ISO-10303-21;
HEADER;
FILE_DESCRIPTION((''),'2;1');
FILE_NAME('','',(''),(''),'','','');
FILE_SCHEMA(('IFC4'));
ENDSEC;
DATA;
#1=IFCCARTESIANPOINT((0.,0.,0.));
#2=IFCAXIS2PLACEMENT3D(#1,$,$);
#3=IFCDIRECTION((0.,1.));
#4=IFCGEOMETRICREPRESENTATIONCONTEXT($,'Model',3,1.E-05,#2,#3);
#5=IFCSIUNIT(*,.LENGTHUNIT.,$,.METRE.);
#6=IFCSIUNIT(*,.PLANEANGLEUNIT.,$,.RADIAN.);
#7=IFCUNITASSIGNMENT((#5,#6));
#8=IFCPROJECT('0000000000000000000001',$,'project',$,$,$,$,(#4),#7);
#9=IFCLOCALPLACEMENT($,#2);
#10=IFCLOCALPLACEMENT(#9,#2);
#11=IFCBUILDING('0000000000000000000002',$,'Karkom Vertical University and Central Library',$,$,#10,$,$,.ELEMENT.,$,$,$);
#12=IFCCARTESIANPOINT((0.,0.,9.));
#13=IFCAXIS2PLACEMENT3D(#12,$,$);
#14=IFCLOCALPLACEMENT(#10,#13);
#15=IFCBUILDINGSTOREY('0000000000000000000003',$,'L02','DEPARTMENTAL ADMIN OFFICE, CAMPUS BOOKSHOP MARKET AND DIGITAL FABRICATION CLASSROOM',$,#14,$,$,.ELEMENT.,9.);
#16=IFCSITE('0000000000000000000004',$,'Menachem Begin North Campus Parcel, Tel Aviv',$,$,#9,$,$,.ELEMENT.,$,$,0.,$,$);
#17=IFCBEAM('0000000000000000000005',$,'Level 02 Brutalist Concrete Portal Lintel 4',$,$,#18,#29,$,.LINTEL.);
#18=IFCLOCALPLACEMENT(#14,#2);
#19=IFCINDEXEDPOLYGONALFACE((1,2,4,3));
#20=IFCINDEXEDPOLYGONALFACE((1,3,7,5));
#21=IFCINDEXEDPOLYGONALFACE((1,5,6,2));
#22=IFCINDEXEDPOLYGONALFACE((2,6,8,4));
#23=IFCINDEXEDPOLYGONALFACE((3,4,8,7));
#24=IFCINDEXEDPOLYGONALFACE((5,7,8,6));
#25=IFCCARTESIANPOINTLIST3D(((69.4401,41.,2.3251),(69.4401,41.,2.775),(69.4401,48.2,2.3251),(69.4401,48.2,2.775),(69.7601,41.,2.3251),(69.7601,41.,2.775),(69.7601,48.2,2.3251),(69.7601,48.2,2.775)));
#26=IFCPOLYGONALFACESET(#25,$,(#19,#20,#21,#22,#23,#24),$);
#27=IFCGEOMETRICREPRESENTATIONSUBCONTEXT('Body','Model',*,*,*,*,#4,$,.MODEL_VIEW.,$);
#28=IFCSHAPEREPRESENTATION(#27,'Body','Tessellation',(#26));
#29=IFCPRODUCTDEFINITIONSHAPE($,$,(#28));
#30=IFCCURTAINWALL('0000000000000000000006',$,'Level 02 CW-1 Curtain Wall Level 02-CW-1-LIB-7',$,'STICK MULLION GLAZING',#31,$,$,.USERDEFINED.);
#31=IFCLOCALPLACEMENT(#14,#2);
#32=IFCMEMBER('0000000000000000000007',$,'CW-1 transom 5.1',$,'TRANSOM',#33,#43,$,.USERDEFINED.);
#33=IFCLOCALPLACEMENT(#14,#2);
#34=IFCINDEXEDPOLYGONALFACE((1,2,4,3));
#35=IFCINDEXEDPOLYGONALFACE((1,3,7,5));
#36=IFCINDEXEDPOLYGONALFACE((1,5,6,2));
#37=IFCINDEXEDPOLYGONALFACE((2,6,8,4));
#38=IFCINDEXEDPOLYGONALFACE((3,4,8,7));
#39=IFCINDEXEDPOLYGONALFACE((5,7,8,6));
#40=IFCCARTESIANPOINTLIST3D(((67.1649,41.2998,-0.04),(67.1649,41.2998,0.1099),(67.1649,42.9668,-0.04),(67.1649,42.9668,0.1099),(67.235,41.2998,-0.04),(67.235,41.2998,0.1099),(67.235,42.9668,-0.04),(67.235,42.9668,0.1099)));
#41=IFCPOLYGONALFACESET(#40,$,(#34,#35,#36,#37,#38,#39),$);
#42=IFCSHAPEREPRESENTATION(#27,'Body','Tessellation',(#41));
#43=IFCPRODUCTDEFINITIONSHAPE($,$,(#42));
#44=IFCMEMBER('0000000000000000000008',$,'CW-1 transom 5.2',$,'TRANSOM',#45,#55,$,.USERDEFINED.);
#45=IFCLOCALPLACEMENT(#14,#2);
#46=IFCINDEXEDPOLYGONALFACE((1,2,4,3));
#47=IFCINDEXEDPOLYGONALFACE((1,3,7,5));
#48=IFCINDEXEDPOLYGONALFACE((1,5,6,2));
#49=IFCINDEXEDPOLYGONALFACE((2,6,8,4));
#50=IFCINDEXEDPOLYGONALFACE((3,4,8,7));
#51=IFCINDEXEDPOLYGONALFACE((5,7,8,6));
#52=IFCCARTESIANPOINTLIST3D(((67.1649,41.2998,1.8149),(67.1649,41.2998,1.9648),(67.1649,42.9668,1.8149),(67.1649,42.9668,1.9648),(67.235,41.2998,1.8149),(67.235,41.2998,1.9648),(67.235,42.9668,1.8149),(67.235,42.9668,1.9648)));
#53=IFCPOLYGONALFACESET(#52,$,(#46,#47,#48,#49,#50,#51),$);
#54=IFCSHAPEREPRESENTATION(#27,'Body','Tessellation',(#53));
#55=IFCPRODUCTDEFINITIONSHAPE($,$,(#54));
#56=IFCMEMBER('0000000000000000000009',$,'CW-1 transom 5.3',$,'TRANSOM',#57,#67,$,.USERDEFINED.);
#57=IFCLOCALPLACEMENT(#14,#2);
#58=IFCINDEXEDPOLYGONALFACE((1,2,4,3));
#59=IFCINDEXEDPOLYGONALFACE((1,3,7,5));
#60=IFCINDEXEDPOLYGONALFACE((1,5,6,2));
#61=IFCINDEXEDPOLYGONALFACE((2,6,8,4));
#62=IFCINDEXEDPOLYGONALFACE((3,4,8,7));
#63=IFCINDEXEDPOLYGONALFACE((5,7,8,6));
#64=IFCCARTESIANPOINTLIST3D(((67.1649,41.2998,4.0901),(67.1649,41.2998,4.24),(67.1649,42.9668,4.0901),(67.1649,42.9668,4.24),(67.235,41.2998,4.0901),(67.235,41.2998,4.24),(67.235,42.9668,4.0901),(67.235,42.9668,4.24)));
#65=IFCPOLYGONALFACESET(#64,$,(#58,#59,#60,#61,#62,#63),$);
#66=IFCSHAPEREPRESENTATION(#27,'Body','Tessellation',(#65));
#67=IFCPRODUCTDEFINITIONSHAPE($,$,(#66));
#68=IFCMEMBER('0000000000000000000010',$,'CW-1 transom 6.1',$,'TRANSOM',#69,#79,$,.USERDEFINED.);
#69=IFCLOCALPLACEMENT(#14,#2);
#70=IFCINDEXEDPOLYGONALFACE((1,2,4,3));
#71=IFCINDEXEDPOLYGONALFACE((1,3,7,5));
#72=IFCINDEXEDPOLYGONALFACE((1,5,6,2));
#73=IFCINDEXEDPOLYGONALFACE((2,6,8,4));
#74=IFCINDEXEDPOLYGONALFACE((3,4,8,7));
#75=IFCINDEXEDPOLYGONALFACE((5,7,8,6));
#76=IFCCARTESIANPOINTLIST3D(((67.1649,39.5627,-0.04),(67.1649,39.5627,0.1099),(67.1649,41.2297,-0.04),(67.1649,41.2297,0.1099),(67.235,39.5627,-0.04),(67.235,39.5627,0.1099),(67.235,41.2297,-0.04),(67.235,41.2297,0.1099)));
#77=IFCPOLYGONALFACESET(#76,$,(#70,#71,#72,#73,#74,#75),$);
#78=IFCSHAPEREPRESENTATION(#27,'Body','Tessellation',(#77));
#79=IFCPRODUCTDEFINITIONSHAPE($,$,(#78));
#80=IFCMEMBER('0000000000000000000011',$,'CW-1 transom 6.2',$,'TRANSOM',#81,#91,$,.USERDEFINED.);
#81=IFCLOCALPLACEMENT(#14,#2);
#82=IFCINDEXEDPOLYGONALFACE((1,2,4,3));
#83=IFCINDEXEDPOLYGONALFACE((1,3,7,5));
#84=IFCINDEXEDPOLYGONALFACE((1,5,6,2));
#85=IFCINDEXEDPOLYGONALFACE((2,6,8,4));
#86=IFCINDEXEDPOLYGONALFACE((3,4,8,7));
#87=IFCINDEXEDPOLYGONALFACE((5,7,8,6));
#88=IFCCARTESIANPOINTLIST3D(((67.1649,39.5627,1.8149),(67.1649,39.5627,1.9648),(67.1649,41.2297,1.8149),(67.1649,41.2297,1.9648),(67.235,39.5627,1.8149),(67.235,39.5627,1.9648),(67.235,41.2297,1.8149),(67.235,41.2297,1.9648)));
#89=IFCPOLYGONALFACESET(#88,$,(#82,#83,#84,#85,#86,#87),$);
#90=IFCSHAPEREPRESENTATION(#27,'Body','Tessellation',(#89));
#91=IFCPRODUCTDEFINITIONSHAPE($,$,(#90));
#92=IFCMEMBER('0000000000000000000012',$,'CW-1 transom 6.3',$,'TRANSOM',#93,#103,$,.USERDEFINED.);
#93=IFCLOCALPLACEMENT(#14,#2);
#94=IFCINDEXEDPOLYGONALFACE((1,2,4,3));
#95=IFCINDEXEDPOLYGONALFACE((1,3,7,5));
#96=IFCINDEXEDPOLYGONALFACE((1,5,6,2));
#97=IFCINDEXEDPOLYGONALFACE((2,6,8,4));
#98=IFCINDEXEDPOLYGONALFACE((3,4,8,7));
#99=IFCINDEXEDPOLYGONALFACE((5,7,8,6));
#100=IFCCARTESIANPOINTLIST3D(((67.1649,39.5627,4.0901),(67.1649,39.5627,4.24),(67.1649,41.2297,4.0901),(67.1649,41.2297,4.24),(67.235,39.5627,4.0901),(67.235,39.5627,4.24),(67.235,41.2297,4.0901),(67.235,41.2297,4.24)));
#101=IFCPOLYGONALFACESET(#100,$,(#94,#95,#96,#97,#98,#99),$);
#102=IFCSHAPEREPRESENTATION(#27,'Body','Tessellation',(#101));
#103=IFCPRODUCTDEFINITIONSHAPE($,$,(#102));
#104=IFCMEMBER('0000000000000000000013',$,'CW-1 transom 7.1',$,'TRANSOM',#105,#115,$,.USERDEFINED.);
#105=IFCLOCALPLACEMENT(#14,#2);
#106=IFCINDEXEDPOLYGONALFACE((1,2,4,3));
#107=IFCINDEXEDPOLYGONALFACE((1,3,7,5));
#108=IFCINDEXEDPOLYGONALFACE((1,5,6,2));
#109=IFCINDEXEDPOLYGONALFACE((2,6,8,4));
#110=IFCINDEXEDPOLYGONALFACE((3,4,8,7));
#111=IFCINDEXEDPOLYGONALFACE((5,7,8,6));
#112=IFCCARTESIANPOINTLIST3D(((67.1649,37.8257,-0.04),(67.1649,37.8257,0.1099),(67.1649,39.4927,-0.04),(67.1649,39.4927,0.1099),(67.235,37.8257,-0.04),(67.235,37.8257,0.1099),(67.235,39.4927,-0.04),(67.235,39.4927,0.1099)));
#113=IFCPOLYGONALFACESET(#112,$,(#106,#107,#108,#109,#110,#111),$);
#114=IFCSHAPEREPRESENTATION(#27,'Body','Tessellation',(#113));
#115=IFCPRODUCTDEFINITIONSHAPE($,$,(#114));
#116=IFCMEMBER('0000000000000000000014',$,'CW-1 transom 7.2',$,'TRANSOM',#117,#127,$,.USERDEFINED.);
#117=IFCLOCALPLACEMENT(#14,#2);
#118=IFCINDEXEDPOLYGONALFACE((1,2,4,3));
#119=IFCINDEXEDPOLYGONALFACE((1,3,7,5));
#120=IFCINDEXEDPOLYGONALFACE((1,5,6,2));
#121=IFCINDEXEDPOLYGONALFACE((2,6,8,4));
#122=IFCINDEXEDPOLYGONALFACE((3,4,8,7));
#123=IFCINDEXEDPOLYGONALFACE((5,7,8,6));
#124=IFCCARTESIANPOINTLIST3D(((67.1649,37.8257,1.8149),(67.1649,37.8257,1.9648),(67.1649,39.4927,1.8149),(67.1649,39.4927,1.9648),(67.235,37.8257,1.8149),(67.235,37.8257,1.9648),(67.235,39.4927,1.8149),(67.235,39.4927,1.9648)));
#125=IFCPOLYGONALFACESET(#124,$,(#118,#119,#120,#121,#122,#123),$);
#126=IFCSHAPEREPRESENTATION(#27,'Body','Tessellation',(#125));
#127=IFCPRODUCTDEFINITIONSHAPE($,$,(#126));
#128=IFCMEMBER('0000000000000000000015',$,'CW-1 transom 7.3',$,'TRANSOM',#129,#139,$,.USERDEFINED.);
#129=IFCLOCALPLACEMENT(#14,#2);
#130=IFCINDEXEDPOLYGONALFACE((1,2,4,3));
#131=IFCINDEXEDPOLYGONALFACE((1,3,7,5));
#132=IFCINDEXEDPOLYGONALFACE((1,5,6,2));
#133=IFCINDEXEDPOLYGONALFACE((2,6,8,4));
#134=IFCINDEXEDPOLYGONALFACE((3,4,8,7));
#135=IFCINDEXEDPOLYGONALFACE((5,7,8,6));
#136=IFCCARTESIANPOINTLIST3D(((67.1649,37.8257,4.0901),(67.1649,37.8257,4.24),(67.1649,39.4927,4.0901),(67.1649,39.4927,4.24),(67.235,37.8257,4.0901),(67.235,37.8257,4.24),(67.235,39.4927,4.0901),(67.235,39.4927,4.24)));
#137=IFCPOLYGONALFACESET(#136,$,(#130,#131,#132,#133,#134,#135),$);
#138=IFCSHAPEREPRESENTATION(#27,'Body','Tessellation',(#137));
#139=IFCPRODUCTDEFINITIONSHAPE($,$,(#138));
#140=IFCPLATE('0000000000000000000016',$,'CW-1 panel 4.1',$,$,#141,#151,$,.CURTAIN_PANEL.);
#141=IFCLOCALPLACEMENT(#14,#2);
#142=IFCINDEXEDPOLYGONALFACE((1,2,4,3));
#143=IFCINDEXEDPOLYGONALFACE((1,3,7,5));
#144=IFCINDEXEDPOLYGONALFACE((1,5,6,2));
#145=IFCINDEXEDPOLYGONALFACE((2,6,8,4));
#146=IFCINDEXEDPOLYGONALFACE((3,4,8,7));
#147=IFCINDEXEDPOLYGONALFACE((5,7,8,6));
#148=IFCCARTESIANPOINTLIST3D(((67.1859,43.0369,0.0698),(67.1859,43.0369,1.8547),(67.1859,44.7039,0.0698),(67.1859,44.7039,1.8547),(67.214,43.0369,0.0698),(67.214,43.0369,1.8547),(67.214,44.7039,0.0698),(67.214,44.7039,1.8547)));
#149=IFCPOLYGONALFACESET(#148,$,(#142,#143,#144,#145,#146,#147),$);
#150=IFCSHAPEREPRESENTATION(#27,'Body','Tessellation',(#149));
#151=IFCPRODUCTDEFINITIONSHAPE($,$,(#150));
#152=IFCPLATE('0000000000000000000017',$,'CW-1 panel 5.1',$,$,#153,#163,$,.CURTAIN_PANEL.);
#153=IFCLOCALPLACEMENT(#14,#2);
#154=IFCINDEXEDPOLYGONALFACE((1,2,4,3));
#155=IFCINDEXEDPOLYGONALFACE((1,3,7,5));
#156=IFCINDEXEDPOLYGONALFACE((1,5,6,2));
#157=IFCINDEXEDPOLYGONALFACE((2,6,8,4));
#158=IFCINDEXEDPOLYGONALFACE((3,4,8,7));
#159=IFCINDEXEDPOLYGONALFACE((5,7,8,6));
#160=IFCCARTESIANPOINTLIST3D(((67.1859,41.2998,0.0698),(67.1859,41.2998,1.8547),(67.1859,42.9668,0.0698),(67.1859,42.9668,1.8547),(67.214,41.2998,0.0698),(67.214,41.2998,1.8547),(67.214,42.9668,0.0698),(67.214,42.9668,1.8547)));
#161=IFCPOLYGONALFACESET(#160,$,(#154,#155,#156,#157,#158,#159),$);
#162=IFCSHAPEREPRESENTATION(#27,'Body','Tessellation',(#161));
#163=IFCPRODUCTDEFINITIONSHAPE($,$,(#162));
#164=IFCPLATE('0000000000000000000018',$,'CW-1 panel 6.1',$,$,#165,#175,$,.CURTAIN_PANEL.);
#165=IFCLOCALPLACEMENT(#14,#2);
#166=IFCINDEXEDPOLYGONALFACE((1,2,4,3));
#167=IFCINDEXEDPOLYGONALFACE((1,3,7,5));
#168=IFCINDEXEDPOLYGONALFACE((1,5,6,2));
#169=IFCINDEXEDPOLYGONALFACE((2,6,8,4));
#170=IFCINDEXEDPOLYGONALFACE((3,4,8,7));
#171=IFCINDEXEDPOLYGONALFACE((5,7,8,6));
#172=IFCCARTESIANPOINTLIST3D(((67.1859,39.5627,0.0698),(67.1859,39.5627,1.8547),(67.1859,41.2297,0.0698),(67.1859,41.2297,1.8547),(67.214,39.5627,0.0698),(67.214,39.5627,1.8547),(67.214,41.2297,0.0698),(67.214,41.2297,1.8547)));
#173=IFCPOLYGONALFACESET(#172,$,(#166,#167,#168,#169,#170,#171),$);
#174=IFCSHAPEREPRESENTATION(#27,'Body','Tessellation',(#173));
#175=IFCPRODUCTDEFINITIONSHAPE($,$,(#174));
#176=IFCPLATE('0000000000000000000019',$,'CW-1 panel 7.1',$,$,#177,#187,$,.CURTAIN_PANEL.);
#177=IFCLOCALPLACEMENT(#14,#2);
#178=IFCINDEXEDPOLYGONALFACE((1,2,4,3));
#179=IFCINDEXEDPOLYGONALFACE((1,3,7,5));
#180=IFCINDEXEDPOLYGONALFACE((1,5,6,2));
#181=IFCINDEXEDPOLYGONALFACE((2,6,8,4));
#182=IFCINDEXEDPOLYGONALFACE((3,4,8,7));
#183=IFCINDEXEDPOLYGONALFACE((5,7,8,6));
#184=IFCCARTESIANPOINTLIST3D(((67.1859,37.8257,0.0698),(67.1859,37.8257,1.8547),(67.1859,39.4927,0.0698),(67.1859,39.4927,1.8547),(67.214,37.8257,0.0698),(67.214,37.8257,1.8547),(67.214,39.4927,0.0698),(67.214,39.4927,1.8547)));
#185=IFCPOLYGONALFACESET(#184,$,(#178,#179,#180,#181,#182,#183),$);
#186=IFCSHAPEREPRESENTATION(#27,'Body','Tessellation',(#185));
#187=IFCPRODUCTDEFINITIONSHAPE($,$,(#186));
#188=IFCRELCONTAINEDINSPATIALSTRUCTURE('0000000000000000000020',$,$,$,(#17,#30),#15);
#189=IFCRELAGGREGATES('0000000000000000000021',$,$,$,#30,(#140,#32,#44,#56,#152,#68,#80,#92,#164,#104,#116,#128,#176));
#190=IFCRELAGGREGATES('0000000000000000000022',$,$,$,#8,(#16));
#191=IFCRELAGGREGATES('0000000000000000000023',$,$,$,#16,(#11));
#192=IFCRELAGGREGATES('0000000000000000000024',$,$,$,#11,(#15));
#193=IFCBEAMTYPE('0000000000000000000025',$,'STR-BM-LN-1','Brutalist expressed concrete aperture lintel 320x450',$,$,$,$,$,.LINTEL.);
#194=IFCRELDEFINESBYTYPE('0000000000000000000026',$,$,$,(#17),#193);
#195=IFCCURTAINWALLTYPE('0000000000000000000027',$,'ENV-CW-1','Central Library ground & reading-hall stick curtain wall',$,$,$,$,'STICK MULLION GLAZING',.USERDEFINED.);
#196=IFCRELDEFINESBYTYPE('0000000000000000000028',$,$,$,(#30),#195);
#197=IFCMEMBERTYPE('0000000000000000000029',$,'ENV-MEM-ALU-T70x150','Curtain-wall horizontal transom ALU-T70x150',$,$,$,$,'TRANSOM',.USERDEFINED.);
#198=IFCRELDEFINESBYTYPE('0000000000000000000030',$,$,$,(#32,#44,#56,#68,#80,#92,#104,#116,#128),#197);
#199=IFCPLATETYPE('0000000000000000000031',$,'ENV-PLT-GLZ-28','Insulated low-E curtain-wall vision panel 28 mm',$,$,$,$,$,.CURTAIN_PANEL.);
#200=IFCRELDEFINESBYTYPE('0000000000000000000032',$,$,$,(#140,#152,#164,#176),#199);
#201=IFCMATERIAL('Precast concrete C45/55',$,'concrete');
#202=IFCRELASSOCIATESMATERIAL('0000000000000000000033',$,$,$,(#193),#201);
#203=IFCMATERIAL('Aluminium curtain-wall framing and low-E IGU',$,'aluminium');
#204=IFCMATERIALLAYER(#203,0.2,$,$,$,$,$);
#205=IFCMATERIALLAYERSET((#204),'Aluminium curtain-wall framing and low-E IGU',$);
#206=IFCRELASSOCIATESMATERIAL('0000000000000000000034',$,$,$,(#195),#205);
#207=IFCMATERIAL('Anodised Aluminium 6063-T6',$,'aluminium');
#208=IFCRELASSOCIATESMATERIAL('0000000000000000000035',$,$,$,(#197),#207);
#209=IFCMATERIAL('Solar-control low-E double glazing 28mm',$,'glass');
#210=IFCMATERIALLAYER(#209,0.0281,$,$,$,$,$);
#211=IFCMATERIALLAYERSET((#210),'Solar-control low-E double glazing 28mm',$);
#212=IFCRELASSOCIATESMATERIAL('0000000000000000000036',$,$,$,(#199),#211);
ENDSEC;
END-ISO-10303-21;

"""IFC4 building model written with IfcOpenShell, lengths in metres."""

from ifc_helpers import new_model, si_unit, direction, frame, origin, origin_with_axes, origin_2d, place, context, subcontext, project, spatial, rectangle, extrude, source, transform, mapped, material, layer, layer_set, material_profile, profile_set, type_object, element, aggregate, save


model = new_model("IFC4")

# Units and contexts
model_context = context("Model", 3, precision=1e-05, world=origin(), true_north=direction((0.0, 1.0)))
body_context = subcontext(model_context, "Body", "Model", "MODEL_VIEW")
ifc_project = project(units=[si_unit("LENGTHUNIT", "METRE"), si_unit("PLANEANGLEUNIT", "RADIAN")], contexts=[model_context])

# Site, building, storey
site_placement = place(None, origin())
site = spatial("IfcSite", under=ifc_project, at=site_placement, Name="Menachem Begin North Campus Parcel, Tel Aviv", CompositionType="ELEMENT", RefElevation=0.0)
building_placement = place(site_placement, origin())
building = spatial("IfcBuilding", under=site, at=building_placement, Name="Karkom Vertical University and Central Library", CompositionType="ELEMENT")
storey_placement = place(building_placement, frame((0.0, 0.0, 9.0)))
storey = spatial("IfcBuildingStorey", under=building, at=storey_placement, Name="L02", Description="DEPARTMENTAL ADMIN OFFICE, CAMPUS BOOKSHOP MARKET AND DIGITAL FABRICATION CLASSROOM", CompositionType="ELEMENT", Elevation=9.0)

# Shared definitions
ifc_material_1 = material(Name="Precast concrete C45/55", Category="concrete")

# Beam
ifc_material_profile_1 = material_profile(ifc_material_1, rectangle(XDim=0.3201, YDim=0.45, at=origin_2d()), Name="RCL-320x450")
ifc_profile_set_1 = profile_set([ifc_material_profile_1], Name="Precast concrete C45/55")
beam_type_1 = type_object("IfcBeamType", Name="STR-BM-LN-1", Description="Brutalist expressed concrete aperture lintel 320x450", PredefinedType="LINTEL", material=ifc_profile_set_1)
shared_shape_1 = source(origin_with_axes(), body_context, "Body", "SweptSolid", [
    extrude(rectangle(XDim=0.3201, YDim=0.45, at=origin_2d()), origin(), (0.0, 0.0, 1.0), 7.2),
])
beam_1_placement = place(storey_placement, frame((69.6001, 41.0, 2.55), z_axis=(0.0, 1.0, 0.0), x_axis=(-1.0, 0.0, 0.0)))
element("IfcBeam", 1, at=beam_1_placement, inside=storey, type_object=beam_type_1, Name="Level 02 Brutalist Concrete Portal Lintel 4", PredefinedType="LINTEL", context=body_context, shape_type="MappedRepresentation", body=[
    mapped(shared_shape_1, transform((0.0, 0.0, 0.0), scale=1.0)),
])

# Curtain wall, members, plates
ifc_material_2 = material(Name="Aluminium curtain-wall framing and low-E IGU", Category="aluminium")
ifc_layer_1 = layer(ifc_material_2, 0.2)
ifc_layer_set_1 = layer_set([ifc_layer_1], Name="Aluminium curtain-wall framing and low-E IGU")
curtain_wall_type = type_object("IfcCurtainWallType", Name="ENV-CW-1", Description="Central Library ground & reading-hall stick curtain wall", ElementType="STICK MULLION GLAZING", PredefinedType="USERDEFINED", material=ifc_layer_set_1)
curtain_wall_placement = place(storey_placement, origin())
curtain_wall = element("IfcCurtainWall", 2, at=curtain_wall_placement, inside=storey, type_object=curtain_wall_type, Name="Level 02 CW-1 Curtain Wall Level 02-CW-1-LIB-7", ObjectType="STICK MULLION GLAZING", PredefinedType="USERDEFINED")
ifc_material_3 = material(Name="Anodised Aluminium 6063-T6", Category="aluminium")
ifc_material_profile_2 = material_profile(ifc_material_3, rectangle(XDim=0.0701, YDim=0.1499, at=origin_2d()), Name="ALU-T70x150")
ifc_profile_set_2 = profile_set([ifc_material_profile_2], Name="Anodised Aluminium 6063-T6")
member_type = type_object("IfcMemberType", Name="ENV-MEM-ALU-T70x150", Description="Curtain-wall horizontal transom ALU-T70x150", ElementType="TRANSOM", PredefinedType="USERDEFINED", material=ifc_profile_set_2)
shared_shape_2 = source(origin_with_axes(), body_context, "Body", "SweptSolid", [
    extrude(rectangle(XDim=0.0701, YDim=0.1499, at=origin_2d()), origin(), (0.0, 0.0, 1.0), 1.667),
])
member_1_placement = place(storey_placement, frame((67.2, 42.9668, 0.0349), z_axis=(0.0, -1.0, 0.0), x_axis=(1.0, 0.0, 0.0)))
member_1 = element("IfcMember", 3, at=member_1_placement, type_object=member_type, Name="CW-1 transom 5.1", ObjectType="TRANSOM", PredefinedType="USERDEFINED", context=body_context, shape_type="MappedRepresentation", body=[
    mapped(shared_shape_2, transform((0.0, 0.0, 0.0), scale=1.0)),
])
member_2_placement = place(storey_placement, frame((67.2, 42.9668, 1.8899), z_axis=(0.0, -1.0, 0.0), x_axis=(1.0, 0.0, 0.0)))
member_2 = element("IfcMember", 4, at=member_2_placement, type_object=member_type, Name="CW-1 transom 5.2", ObjectType="TRANSOM", PredefinedType="USERDEFINED", context=body_context, shape_type="MappedRepresentation", body=[
    mapped(shared_shape_2, transform((0.0, 0.0, 0.0), scale=1.0)),
])
member_3_placement = place(storey_placement, frame((67.2, 42.9668, 4.165), z_axis=(0.0, -1.0, 0.0), x_axis=(1.0, 0.0, 0.0)))
member_3 = element("IfcMember", 5, at=member_3_placement, type_object=member_type, Name="CW-1 transom 5.3", ObjectType="TRANSOM", PredefinedType="USERDEFINED", context=body_context, shape_type="MappedRepresentation", body=[
    mapped(shared_shape_2, transform((0.0, 0.0, 0.0), scale=1.0)),
])
member_4_placement = place(storey_placement, frame((67.2, 41.2297, 0.0349), z_axis=(0.0, -1.0, 0.0), x_axis=(1.0, 0.0, 0.0)))
member_4 = element("IfcMember", 6, at=member_4_placement, type_object=member_type, Name="CW-1 transom 6.1", ObjectType="TRANSOM", PredefinedType="USERDEFINED", context=body_context, shape_type="MappedRepresentation", body=[
    mapped(shared_shape_2, transform((0.0, 0.0, 0.0), scale=1.0)),
])
member_5_placement = place(storey_placement, frame((67.2, 41.2297, 1.8899), z_axis=(0.0, -1.0, 0.0), x_axis=(1.0, 0.0, 0.0)))
member_5 = element("IfcMember", 7, at=member_5_placement, type_object=member_type, Name="CW-1 transom 6.2", ObjectType="TRANSOM", PredefinedType="USERDEFINED", context=body_context, shape_type="MappedRepresentation", body=[
    mapped(shared_shape_2, transform((0.0, 0.0, 0.0), scale=1.0)),
])
member_6_placement = place(storey_placement, frame((67.2, 41.2297, 4.165), z_axis=(0.0, -1.0, 0.0), x_axis=(1.0, 0.0, 0.0)))
member_6 = element("IfcMember", 8, at=member_6_placement, type_object=member_type, Name="CW-1 transom 6.3", ObjectType="TRANSOM", PredefinedType="USERDEFINED", context=body_context, shape_type="MappedRepresentation", body=[
    mapped(shared_shape_2, transform((0.0, 0.0, 0.0), scale=1.0)),
])
member_7_placement = place(storey_placement, frame((67.2, 39.4927, 0.0349), z_axis=(0.0, -1.0, 0.0), x_axis=(1.0, 0.0, 0.0)))
member_7 = element("IfcMember", 9, at=member_7_placement, type_object=member_type, Name="CW-1 transom 7.1", ObjectType="TRANSOM", PredefinedType="USERDEFINED", context=body_context, shape_type="MappedRepresentation", body=[
    mapped(shared_shape_2, transform((0.0, 0.0, 0.0), scale=1.0)),
])
member_8_placement = place(storey_placement, frame((67.2, 39.4927, 1.8899), z_axis=(0.0, -1.0, 0.0), x_axis=(1.0, 0.0, 0.0)))
member_8 = element("IfcMember", 10, at=member_8_placement, type_object=member_type, Name="CW-1 transom 7.2", ObjectType="TRANSOM", PredefinedType="USERDEFINED", context=body_context, shape_type="MappedRepresentation", body=[
    mapped(shared_shape_2, transform((0.0, 0.0, 0.0), scale=1.0)),
])
member_9_placement = place(storey_placement, frame((67.2, 39.4927, 4.165), z_axis=(0.0, -1.0, 0.0), x_axis=(1.0, 0.0, 0.0)))
member_9 = element("IfcMember", 11, at=member_9_placement, type_object=member_type, Name="CW-1 transom 7.3", ObjectType="TRANSOM", PredefinedType="USERDEFINED", context=body_context, shape_type="MappedRepresentation", body=[
    mapped(shared_shape_2, transform((0.0, 0.0, 0.0), scale=1.0)),
])
ifc_material_4 = material(Name="Solar-control low-E double glazing 28mm", Category="glass")
ifc_layer_2 = layer(ifc_material_4, 0.0281)
ifc_layer_set_2 = layer_set([ifc_layer_2], Name="Solar-control low-E double glazing 28mm")
plate_type = type_object("IfcPlateType", Name="ENV-PLT-GLZ-28", Description="Insulated low-E curtain-wall vision panel 28 mm", PredefinedType="CURTAIN_PANEL", material=ifc_layer_set_2)
shared_shape_3 = source(origin_with_axes(), body_context, "Body", "SweptSolid", [
    extrude(rectangle(XDim=1.667, YDim=0.0281, at=origin_2d()), origin(), (0.0, 0.0, 1.0), 1.7849),
])
plate_1_placement = place(storey_placement, frame((67.2, 43.8704, 0.0698), z_axis=(0.0, 0.0, 1.0), x_axis=(0.0, -1.0, 0.0)))
plate_1 = element("IfcPlate", 12, at=plate_1_placement, type_object=plate_type, Name="CW-1 panel 4.1", PredefinedType="CURTAIN_PANEL", context=body_context, shape_type="MappedRepresentation", body=[
    mapped(shared_shape_3, transform((0.0, 0.0, 0.0), scale=1.0)),
])
plate_2_placement = place(storey_placement, frame((67.2, 42.1333, 0.0698), z_axis=(0.0, 0.0, 1.0), x_axis=(0.0, -1.0, 0.0)))
plate_2 = element("IfcPlate", 13, at=plate_2_placement, type_object=plate_type, Name="CW-1 panel 5.1", PredefinedType="CURTAIN_PANEL", context=body_context, shape_type="MappedRepresentation", body=[
    mapped(shared_shape_3, transform((0.0, 0.0, 0.0), scale=1.0)),
])
plate_3_placement = place(storey_placement, frame((67.2, 40.3962, 0.0698), z_axis=(0.0, 0.0, 1.0), x_axis=(0.0, -1.0, 0.0)))
plate_3 = element("IfcPlate", 14, at=plate_3_placement, type_object=plate_type, Name="CW-1 panel 6.1", PredefinedType="CURTAIN_PANEL", context=body_context, shape_type="MappedRepresentation", body=[
    mapped(shared_shape_3, transform((0.0, 0.0, 0.0), scale=1.0)),
])
plate_4_placement = place(storey_placement, frame((67.2, 38.6592, 0.0698), z_axis=(0.0, 0.0, 1.0), x_axis=(0.0, -1.0, 0.0)))
plate_4 = element("IfcPlate", 15, at=plate_4_placement, type_object=plate_type, Name="CW-1 panel 7.1", PredefinedType="CURTAIN_PANEL", context=body_context, shape_type="MappedRepresentation", body=[
    mapped(shared_shape_3, transform((0.0, 0.0, 0.0), scale=1.0)),
])
aggregate(curtain_wall, [plate_1, member_1, member_2, member_3, plate_2, member_4, member_5, member_6, plate_3, member_7, member_8, member_9, plate_4])

save(model, "model.ifc")
